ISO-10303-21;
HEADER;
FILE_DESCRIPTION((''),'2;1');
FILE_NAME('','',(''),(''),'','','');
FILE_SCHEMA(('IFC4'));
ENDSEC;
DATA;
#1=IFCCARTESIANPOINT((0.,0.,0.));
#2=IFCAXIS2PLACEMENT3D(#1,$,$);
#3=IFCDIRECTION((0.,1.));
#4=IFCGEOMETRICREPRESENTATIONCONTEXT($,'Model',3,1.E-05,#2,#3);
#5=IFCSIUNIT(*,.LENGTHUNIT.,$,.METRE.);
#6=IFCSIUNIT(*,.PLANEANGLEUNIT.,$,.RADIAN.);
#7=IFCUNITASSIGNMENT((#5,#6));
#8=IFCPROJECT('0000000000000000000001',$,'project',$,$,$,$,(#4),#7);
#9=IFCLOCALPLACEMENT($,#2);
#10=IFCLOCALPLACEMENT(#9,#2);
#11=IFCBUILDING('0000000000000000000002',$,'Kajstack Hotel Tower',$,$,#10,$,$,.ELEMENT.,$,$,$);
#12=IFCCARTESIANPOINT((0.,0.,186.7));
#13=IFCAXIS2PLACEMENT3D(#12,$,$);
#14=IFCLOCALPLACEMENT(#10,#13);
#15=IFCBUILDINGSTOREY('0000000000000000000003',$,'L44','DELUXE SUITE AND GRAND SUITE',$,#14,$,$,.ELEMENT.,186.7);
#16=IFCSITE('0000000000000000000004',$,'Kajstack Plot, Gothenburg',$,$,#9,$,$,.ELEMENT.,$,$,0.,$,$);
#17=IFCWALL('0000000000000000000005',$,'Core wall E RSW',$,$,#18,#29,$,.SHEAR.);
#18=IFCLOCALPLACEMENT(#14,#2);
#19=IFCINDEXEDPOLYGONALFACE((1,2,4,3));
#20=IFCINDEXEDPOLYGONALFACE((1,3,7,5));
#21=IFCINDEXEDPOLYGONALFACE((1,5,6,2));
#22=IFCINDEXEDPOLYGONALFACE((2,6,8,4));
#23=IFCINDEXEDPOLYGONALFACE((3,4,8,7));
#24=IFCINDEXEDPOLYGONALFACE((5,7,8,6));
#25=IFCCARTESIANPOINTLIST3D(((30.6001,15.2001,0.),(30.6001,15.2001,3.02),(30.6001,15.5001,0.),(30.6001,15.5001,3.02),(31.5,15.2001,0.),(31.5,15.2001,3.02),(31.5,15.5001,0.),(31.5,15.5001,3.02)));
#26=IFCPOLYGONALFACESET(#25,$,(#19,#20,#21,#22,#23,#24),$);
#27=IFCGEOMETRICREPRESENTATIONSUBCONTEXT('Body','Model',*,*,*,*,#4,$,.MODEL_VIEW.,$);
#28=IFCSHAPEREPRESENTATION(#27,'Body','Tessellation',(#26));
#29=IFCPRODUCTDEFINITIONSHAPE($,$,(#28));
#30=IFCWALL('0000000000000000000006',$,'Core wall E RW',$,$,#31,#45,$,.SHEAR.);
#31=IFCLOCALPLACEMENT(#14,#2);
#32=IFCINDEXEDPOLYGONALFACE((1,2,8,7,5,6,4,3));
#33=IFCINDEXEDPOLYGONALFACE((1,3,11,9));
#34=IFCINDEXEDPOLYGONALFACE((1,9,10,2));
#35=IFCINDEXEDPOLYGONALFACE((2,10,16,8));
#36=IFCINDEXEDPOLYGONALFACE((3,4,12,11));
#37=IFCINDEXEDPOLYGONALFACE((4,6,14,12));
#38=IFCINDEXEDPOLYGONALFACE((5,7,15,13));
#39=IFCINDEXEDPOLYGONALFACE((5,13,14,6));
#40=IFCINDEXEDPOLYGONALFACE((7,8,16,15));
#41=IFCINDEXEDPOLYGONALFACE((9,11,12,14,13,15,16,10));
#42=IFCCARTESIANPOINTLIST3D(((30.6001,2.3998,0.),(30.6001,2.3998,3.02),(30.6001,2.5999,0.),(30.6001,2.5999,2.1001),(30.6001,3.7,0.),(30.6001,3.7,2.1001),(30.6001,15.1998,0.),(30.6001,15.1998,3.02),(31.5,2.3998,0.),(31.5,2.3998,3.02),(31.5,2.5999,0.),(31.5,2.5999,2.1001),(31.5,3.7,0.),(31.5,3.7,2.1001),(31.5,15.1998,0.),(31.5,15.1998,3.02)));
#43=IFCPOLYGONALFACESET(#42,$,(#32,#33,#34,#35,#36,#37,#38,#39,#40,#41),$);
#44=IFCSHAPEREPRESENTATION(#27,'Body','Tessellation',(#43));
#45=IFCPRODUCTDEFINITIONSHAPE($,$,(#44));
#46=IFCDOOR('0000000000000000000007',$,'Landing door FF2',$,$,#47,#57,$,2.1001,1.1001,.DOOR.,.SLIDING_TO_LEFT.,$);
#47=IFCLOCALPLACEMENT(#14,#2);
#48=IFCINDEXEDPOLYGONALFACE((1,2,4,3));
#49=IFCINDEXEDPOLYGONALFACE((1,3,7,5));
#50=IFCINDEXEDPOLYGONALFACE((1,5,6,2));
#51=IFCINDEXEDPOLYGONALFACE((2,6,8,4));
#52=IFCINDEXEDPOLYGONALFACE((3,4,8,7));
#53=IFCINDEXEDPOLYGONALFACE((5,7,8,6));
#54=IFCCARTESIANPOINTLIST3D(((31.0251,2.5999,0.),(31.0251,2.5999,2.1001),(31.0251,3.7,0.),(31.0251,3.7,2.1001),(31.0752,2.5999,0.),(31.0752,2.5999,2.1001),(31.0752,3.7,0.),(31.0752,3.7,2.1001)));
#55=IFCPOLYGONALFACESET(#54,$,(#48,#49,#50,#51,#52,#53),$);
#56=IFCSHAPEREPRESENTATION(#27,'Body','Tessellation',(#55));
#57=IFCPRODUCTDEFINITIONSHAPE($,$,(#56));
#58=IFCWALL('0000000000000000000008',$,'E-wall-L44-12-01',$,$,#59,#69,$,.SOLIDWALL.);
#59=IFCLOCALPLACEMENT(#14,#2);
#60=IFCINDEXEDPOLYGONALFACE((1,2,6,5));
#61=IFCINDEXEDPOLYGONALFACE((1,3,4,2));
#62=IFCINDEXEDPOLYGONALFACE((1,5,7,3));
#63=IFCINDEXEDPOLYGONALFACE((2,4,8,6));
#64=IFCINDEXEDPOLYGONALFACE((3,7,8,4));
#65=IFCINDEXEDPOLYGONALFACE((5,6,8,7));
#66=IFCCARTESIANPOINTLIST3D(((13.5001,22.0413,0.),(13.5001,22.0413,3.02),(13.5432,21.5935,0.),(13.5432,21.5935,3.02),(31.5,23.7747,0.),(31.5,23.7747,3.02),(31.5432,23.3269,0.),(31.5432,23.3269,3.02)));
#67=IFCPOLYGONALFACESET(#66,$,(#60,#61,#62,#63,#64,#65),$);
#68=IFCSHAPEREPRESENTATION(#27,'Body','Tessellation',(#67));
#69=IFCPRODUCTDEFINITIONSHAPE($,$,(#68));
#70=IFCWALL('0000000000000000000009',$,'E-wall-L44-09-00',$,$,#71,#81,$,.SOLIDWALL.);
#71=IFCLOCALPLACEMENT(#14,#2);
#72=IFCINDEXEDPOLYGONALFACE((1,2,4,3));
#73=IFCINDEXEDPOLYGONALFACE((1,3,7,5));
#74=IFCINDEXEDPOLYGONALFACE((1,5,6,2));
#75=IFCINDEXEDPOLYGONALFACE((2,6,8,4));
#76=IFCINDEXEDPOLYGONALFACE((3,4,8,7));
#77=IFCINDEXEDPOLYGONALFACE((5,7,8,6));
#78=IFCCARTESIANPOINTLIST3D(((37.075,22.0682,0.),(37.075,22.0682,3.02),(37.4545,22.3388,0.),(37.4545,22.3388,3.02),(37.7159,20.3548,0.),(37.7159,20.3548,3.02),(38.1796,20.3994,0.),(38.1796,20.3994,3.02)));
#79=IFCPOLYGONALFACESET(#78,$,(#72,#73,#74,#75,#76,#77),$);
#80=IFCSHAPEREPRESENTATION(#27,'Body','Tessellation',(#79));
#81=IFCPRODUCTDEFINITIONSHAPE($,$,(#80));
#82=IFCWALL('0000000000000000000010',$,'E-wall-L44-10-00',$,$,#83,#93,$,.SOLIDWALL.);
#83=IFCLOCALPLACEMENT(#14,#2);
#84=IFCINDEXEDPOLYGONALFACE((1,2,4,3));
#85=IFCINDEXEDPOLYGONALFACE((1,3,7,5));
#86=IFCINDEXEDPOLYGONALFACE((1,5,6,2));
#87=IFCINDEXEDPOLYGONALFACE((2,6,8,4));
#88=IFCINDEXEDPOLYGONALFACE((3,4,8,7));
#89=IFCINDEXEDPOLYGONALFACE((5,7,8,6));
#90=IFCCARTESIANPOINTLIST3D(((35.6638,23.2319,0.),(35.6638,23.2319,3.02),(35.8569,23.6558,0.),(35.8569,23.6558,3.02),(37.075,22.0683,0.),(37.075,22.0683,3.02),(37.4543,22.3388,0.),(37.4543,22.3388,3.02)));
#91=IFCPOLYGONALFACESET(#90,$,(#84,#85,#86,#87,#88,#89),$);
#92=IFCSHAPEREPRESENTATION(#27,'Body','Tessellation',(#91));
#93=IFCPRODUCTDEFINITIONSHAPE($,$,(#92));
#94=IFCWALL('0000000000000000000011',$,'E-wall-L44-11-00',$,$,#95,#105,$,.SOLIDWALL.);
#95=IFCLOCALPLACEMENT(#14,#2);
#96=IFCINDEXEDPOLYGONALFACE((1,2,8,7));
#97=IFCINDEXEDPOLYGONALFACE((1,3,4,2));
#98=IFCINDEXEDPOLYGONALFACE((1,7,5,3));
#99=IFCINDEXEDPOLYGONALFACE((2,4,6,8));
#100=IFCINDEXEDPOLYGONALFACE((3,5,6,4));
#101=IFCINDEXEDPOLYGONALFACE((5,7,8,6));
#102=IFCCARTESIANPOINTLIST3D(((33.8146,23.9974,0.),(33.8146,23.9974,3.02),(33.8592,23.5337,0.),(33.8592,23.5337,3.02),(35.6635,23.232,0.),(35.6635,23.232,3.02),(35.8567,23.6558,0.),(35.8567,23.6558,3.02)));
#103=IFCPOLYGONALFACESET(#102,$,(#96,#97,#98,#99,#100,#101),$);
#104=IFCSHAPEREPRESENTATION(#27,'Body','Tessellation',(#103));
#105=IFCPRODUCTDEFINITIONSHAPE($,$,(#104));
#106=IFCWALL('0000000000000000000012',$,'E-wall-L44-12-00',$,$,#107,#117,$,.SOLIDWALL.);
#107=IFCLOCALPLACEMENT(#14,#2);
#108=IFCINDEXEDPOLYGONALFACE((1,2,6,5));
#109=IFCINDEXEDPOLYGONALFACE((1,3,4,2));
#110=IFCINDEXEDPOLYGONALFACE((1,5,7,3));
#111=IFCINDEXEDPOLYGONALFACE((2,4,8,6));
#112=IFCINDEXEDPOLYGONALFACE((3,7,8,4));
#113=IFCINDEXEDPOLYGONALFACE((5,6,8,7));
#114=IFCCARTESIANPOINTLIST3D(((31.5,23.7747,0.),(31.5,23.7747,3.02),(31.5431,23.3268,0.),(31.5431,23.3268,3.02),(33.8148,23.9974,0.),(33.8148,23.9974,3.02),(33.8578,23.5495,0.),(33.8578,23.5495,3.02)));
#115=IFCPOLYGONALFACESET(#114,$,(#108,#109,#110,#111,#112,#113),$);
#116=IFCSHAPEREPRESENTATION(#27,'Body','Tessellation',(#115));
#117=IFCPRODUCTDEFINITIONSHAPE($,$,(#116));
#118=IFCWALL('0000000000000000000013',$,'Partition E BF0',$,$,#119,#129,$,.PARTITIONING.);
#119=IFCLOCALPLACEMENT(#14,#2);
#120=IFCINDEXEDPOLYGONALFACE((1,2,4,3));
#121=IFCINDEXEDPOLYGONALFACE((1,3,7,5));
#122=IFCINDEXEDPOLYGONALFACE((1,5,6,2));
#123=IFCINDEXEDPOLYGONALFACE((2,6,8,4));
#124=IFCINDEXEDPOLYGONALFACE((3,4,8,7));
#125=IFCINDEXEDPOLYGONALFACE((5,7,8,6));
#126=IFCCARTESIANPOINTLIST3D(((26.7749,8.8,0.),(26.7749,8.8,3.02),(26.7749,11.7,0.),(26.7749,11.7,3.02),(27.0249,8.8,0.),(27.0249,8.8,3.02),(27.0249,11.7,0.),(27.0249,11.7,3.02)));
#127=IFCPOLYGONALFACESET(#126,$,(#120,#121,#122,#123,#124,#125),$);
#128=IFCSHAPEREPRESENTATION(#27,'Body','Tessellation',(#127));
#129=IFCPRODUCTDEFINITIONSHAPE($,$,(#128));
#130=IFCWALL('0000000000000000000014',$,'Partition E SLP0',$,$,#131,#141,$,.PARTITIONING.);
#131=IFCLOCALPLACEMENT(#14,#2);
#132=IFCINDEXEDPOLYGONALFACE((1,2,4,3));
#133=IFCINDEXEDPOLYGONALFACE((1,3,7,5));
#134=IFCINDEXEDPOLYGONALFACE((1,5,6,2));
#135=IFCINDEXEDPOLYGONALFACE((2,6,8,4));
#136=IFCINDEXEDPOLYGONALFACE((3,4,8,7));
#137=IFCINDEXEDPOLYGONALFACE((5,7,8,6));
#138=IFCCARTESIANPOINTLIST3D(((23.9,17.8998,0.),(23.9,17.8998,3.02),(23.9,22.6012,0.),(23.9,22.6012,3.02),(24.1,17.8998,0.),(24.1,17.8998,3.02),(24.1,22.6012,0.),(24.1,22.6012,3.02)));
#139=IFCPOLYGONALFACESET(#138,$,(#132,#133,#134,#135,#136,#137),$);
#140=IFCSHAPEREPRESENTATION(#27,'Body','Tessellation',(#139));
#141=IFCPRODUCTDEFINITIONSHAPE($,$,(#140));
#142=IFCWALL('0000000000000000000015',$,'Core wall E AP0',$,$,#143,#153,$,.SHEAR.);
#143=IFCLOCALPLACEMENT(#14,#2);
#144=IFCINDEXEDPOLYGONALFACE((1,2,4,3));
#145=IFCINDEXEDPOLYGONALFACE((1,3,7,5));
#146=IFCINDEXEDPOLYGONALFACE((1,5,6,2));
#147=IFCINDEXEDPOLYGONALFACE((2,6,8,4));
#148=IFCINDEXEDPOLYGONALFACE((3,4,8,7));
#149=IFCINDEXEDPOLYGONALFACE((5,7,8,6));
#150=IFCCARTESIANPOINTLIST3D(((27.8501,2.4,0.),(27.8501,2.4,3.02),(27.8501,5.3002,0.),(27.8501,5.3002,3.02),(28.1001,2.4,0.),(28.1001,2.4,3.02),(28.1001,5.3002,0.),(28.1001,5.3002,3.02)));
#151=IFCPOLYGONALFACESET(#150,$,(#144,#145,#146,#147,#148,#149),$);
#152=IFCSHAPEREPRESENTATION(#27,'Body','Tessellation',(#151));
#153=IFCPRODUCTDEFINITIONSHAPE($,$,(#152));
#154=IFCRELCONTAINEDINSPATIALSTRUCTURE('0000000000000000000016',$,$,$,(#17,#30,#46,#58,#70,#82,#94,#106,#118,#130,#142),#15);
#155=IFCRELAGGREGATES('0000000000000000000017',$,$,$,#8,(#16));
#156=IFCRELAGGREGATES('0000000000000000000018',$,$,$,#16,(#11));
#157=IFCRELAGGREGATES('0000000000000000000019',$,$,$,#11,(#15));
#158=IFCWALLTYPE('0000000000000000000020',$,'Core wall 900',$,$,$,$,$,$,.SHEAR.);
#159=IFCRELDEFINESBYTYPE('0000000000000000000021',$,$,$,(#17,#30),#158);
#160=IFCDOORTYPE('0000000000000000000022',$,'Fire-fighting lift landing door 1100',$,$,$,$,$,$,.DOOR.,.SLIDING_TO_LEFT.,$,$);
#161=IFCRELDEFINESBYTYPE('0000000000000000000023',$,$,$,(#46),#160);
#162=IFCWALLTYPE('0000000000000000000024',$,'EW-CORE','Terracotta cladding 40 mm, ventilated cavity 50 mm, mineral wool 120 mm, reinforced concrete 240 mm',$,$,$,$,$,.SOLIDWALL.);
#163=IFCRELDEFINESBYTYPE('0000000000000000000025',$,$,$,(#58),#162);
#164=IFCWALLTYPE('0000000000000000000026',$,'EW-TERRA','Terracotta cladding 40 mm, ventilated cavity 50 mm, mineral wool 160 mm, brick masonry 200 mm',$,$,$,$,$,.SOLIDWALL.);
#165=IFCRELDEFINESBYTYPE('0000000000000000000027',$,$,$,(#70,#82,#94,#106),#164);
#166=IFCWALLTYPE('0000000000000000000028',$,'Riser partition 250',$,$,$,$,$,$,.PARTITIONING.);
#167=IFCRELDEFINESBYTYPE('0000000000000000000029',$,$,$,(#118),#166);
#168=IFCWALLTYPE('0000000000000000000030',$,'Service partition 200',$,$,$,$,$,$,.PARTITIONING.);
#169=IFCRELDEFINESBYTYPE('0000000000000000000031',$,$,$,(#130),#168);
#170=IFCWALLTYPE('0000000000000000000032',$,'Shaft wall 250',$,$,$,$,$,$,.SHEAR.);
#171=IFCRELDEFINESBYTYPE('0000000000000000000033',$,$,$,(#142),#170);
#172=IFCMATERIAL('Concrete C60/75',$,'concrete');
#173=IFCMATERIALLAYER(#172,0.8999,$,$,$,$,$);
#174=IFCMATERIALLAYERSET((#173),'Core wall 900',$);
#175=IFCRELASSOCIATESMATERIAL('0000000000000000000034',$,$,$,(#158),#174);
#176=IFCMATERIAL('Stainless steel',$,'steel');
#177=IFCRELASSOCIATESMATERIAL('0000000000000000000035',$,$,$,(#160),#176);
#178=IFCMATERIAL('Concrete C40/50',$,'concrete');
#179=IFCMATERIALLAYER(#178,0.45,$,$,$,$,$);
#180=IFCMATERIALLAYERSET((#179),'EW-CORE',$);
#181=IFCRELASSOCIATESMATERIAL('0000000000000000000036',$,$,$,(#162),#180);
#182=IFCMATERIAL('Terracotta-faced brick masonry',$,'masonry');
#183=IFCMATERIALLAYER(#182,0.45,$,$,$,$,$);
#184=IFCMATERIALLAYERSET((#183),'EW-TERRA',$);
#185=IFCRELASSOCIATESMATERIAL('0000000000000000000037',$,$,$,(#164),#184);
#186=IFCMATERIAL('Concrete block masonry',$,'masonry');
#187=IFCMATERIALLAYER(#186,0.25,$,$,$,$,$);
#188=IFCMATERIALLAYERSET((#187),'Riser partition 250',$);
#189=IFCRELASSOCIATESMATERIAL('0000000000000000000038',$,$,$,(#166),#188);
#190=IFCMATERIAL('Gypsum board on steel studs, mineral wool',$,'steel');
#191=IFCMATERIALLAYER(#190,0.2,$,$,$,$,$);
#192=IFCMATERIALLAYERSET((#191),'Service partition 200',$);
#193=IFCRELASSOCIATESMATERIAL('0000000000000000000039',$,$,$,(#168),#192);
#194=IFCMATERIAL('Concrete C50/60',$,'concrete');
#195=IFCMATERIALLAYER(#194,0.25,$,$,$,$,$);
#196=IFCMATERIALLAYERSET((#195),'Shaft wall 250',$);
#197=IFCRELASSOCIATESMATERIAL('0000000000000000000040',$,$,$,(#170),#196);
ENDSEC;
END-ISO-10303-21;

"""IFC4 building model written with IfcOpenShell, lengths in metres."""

from ifc_helpers import new_model, si_unit, direction, frame, frame_2d, origin, place, context, subcontext, project, spatial, polyline, rectangle, outline, extrude, material, layer, layer_set, type_object, element, fill, save


model = new_model("IFC4")

# Units and contexts
model_context = context("Model", 3, precision=1e-05, world=origin(), true_north=direction((0.0, 1.0)))
body_context = subcontext(model_context, "Body", "Model", "MODEL_VIEW")
ifc_project = project(units=[si_unit("LENGTHUNIT", "METRE"), si_unit("PLANEANGLEUNIT", "RADIAN")], contexts=[model_context])

# Site, building, storey
site_placement = place(None, origin())
site = spatial("IfcSite", under=ifc_project, at=site_placement, Name="Kajstack Plot, Gothenburg", CompositionType="ELEMENT", RefElevation=0.0)
building_placement = place(site_placement, origin())
building = spatial("IfcBuilding", under=site, at=building_placement, Name="Kajstack Hotel Tower", CompositionType="ELEMENT")
storey_placement = place(building_placement, frame((0.0, 0.0, 186.7)))
storey = spatial("IfcBuildingStorey", under=building, at=storey_placement, Name="L44", Description="DELUXE SUITE AND GRAND SUITE", CompositionType="ELEMENT", Elevation=186.7)

# Wall
ifc_material_1 = material(Name="Concrete C60/75", Category="concrete")
ifc_layer_1 = layer(ifc_material_1, 0.8999)
ifc_layer_set_1 = layer_set([ifc_layer_1], Name="Core wall 900")
wall_type_1 = type_object("IfcWallType", Name="Core wall 900", PredefinedType="SHEAR", material=ifc_layer_set_1)
wall_1_placement = place(storey_placement, frame((30.6001, 15.3501, 0.0), z_axis=(0.0, 0.0, 1.0), x_axis=(1.0, 0.0, 0.0)))
element("IfcWall", 1, at=wall_1_placement, inside=storey, type_object=wall_type_1, Name="Core wall E RSW", PredefinedType="SHEAR", context=body_context, shape_type="SweptSolid", body=[
    extrude(rectangle(XDim=0.8999, YDim=0.3, at=frame_2d((0.45, 0.0))), origin(), (0.0, 0.0, 1.0), 3.02),
])

# Wall, opening, door
wall_2_placement = place(storey_placement, frame((31.05, 2.3999, 0.0), z_axis=(0.0, 0.0, 1.0), x_axis=(0.0, 1.0, 0.0)))
wall_2 = element("IfcWall", 2, at=wall_2_placement, inside=storey, type_object=wall_type_1, Name="Core wall E RW", PredefinedType="SHEAR", context=body_context, shape_type="SweptSolid", body=[
    extrude(rectangle(XDim=12.8, YDim=0.8999, at=frame_2d((6.3999, 0.0))), origin(), (0.0, 0.0, 1.0), 3.02),
])
opening_1_placement = place(wall_2_placement, frame((0.2, 0.0, 0.0)))
opening_1 = element("IfcOpeningElement", 3, at=opening_1_placement, cuts=wall_2, PredefinedType="OPENING", context=body_context, shape_type="SweptSolid", body=[
    extrude(rectangle(XDim=1.1001, YDim=2.1001, at=frame_2d((0.55, 1.05))), frame((0.0, 0.46, 0.0), z_axis=(0.0, -1.0, 0.0), x_axis=(1.0, 0.0, 0.0)), (0.0, 0.0, 1.0), 0.9199),
])
ifc_material_2 = material(Name="Stainless steel", Category="steel")
door_type_1 = type_object("IfcDoorType", Name="Fire-fighting lift landing door 1100", OperationType="SLIDING_TO_LEFT", PredefinedType="DOOR", material=ifc_material_2)
door_1_placement = place(opening_1_placement, origin())
door_1 = element("IfcDoor", 4, at=door_1_placement, inside=storey, type_object=door_type_1, Name="Landing door FF2", OperationType="SLIDING_TO_LEFT", OverallHeight=2.1001, OverallWidth=1.1001, PredefinedType="DOOR", context=body_context, shape_type="SweptSolid", body=[
    extrude(rectangle(XDim=1.1001, YDim=2.1001, at=frame_2d((0.55, 1.05))), frame((0.0, 0.0249, 0.0), z_axis=(0.0, -1.0, 0.0), x_axis=(1.0, 0.0, 0.0)), (0.0, 0.0, 1.0), 0.05),
])
fill(opening_1, door_1)

# Walls
ifc_material_3 = material(Name="Concrete C40/50", Category="concrete")
ifc_layer_2 = layer(ifc_material_3, 0.45)
ifc_layer_set_2 = layer_set([ifc_layer_2], Name="EW-CORE")
wall_type_2 = type_object("IfcWallType", Name="EW-CORE", Description="Terracotta cladding 40 mm, ventilated cavity 50 mm, mineral wool 120 mm, reinforced concrete 240 mm", PredefinedType="SOLIDWALL", material=ifc_layer_set_2)
wall_3_placement = place(storey_placement, frame((31.5215, 23.5508, 0.0), z_axis=(0.0, 0.0, 1.0), x_axis=(-0.995395, -0.095856, 0.0)))
element("IfcWall", 5, at=wall_3_placement, inside=storey, type_object=wall_type_2, Name="E-wall-L44-12-01", PredefinedType="SOLIDWALL", context=body_context, shape_type="SweptSolid", body=[
    extrude(rectangle(XDim=18.0833, YDim=0.45, at=frame_2d((9.0415, 0.0))), origin(), (0.0, 0.0, 1.0), 3.02),
])
ifc_material_4 = material(Name="Terracotta-faced brick masonry", Category="masonry")
ifc_layer_3 = layer(ifc_material_4, 0.45)
ifc_layer_set_3 = layer_set([ifc_layer_3], Name="EW-TERRA")
wall_type_3 = type_object("IfcWallType", Name="EW-TERRA", Description="Terracotta cladding 40 mm, ventilated cavity 50 mm, mineral wool 160 mm, brick masonry 200 mm", PredefinedType="SOLIDWALL", material=ifc_layer_set_3)
wall_4_placement = place(storey_placement, frame((37.9688, 20.3206, 0.0), z_axis=(0.0, 0.0, 1.0), x_axis=(-0.350193, 0.936678, 0.0)))
element("IfcWall", 6, at=wall_4_placement, inside=storey, type_object=wall_type_3, Name="E-wall-L44-09-00", PredefinedType="SOLIDWALL", context=body_context, shape_type="SweptSolid", body=[
    extrude(outline(polyline([(0.0, -0.2251), (2.0706, -0.2251), (1.95, 0.2251), (0.1206, 0.2249), (0.0, -0.2251)])), origin(), (0.0, 0.0, 1.0), 3.02),
])
wall_5_placement = place(storey_placement, frame((37.3113, 22.1653, 0.0), z_axis=(0.0, 0.0, 1.0), x_axis=(-0.771651, 0.636046, 0.0)))
element("IfcWall", 7, at=wall_5_placement, inside=storey, type_object=wall_type_3, Name="E-wall-L44-10-00", PredefinedType="SOLIDWALL", context=body_context, shape_type="SweptSolid", body=[
    extrude(outline(polyline([(0.0, -0.2249), (2.0703, -0.2251), (1.9497, 0.2249), (0.1206, 0.2251), (0.0, -0.2249)])), origin(), (0.0, 0.0, 1.0), 3.02),
])
wall_6_placement = place(storey_placement, frame((35.8196, 23.4338, 0.0), z_axis=(0.0, 0.0, 1.0), x_axis=(-0.986279, 0.165087, 0.0)))
element("IfcWall", 8, at=wall_6_placement, inside=storey, type_object=wall_type_3, Name="E-wall-L44-11-00", PredefinedType="SOLIDWALL", context=body_context, shape_type="SweptSolid", body=[
    extrude(outline(polyline([(0.0, -0.2251), (2.0706, -0.2249), (1.95, 0.2251), (0.1206, 0.2249), (0.0, -0.2251)])), origin(), (0.0, 0.0, 1.0), 3.02),
])
wall_7_placement = place(storey_placement, frame((33.8362, 23.7734, 0.0), z_axis=(0.0, 0.0, 1.0), x_axis=(-0.995405, -0.09575, 0.0)))
element("IfcWall", 9, at=wall_7_placement, inside=storey, type_object=wall_type_3, Name="E-wall-L44-12-00", PredefinedType="SOLIDWALL", context=body_context, shape_type="SweptSolid", body=[
    extrude(rectangle(XDim=2.3254, YDim=0.45, at=frame_2d((1.1626, 0.0))), origin(), (0.0, 0.0, 1.0), 3.02),
])
ifc_material_5 = material(Name="Concrete block masonry", Category="masonry")
ifc_layer_4 = layer(ifc_material_5, 0.25)
ifc_layer_set_4 = layer_set([ifc_layer_4], Name="Riser partition 250")
wall_type_4 = type_object("IfcWallType", Name="Riser partition 250", PredefinedType="PARTITIONING", material=ifc_layer_set_4)
wall_8_placement = place(storey_placement, frame((26.8999, 8.8, 0.0), z_axis=(0.0, 0.0, 1.0), x_axis=(0.0, 1.0, 0.0)))
element("IfcWall", 10, at=wall_8_placement, inside=storey, type_object=wall_type_4, Name="Partition E BF0", PredefinedType="PARTITIONING", context=body_context, shape_type="SweptSolid", body=[
    extrude(rectangle(XDim=2.8999, YDim=0.25, at=frame_2d((1.45, 0.0))), origin(), (0.0, 0.0, 1.0), 3.02),
])
ifc_material_6 = material(Name="Gypsum board on steel studs, mineral wool", Category="steel")
ifc_layer_5 = layer(ifc_material_6, 0.2)
ifc_layer_set_5 = layer_set([ifc_layer_5], Name="Service partition 200")
wall_type_5 = type_object("IfcWallType", Name="Service partition 200", PredefinedType="PARTITIONING", material=ifc_layer_set_5)
wall_9_placement = place(storey_placement, frame((24.0, 17.8999, 0.0), z_axis=(0.0, 0.0, 1.0), x_axis=(0.0, 1.0, 0.0)))
element("IfcWall", 11, at=wall_9_placement, inside=storey, type_object=wall_type_5, Name="Partition E SLP0", PredefinedType="PARTITIONING", context=body_context, shape_type="SweptSolid", body=[
    extrude(rectangle(XDim=4.7014, YDim=0.2, at=frame_2d((2.3506, 0.0))), origin(), (0.0, 0.0, 1.0), 3.02),
])
ifc_material_7 = material(Name="Concrete C50/60", Category="concrete")
ifc_layer_6 = layer(ifc_material_7, 0.25)
ifc_layer_set_6 = layer_set([ifc_layer_6], Name="Shaft wall 250")
wall_type_6 = type_object("IfcWallType", Name="Shaft wall 250", PredefinedType="SHEAR", material=ifc_layer_set_6)
wall_10_placement = place(storey_placement, frame((27.9751, 2.3999, 0.0), z_axis=(0.0, 0.0, 1.0), x_axis=(0.0, 1.0, 0.0)))
element("IfcWall", 12, at=wall_10_placement, inside=storey, type_object=wall_type_6, Name="Core wall E AP0", PredefinedType="SHEAR", context=body_context, shape_type="SweptSolid", body=[
    extrude(rectangle(XDim=2.9001, YDim=0.25, at=frame_2d((1.4502, 0.0))), origin(), (0.0, 0.0, 1.0), 3.02),
])

save(model, "model.ifc")
